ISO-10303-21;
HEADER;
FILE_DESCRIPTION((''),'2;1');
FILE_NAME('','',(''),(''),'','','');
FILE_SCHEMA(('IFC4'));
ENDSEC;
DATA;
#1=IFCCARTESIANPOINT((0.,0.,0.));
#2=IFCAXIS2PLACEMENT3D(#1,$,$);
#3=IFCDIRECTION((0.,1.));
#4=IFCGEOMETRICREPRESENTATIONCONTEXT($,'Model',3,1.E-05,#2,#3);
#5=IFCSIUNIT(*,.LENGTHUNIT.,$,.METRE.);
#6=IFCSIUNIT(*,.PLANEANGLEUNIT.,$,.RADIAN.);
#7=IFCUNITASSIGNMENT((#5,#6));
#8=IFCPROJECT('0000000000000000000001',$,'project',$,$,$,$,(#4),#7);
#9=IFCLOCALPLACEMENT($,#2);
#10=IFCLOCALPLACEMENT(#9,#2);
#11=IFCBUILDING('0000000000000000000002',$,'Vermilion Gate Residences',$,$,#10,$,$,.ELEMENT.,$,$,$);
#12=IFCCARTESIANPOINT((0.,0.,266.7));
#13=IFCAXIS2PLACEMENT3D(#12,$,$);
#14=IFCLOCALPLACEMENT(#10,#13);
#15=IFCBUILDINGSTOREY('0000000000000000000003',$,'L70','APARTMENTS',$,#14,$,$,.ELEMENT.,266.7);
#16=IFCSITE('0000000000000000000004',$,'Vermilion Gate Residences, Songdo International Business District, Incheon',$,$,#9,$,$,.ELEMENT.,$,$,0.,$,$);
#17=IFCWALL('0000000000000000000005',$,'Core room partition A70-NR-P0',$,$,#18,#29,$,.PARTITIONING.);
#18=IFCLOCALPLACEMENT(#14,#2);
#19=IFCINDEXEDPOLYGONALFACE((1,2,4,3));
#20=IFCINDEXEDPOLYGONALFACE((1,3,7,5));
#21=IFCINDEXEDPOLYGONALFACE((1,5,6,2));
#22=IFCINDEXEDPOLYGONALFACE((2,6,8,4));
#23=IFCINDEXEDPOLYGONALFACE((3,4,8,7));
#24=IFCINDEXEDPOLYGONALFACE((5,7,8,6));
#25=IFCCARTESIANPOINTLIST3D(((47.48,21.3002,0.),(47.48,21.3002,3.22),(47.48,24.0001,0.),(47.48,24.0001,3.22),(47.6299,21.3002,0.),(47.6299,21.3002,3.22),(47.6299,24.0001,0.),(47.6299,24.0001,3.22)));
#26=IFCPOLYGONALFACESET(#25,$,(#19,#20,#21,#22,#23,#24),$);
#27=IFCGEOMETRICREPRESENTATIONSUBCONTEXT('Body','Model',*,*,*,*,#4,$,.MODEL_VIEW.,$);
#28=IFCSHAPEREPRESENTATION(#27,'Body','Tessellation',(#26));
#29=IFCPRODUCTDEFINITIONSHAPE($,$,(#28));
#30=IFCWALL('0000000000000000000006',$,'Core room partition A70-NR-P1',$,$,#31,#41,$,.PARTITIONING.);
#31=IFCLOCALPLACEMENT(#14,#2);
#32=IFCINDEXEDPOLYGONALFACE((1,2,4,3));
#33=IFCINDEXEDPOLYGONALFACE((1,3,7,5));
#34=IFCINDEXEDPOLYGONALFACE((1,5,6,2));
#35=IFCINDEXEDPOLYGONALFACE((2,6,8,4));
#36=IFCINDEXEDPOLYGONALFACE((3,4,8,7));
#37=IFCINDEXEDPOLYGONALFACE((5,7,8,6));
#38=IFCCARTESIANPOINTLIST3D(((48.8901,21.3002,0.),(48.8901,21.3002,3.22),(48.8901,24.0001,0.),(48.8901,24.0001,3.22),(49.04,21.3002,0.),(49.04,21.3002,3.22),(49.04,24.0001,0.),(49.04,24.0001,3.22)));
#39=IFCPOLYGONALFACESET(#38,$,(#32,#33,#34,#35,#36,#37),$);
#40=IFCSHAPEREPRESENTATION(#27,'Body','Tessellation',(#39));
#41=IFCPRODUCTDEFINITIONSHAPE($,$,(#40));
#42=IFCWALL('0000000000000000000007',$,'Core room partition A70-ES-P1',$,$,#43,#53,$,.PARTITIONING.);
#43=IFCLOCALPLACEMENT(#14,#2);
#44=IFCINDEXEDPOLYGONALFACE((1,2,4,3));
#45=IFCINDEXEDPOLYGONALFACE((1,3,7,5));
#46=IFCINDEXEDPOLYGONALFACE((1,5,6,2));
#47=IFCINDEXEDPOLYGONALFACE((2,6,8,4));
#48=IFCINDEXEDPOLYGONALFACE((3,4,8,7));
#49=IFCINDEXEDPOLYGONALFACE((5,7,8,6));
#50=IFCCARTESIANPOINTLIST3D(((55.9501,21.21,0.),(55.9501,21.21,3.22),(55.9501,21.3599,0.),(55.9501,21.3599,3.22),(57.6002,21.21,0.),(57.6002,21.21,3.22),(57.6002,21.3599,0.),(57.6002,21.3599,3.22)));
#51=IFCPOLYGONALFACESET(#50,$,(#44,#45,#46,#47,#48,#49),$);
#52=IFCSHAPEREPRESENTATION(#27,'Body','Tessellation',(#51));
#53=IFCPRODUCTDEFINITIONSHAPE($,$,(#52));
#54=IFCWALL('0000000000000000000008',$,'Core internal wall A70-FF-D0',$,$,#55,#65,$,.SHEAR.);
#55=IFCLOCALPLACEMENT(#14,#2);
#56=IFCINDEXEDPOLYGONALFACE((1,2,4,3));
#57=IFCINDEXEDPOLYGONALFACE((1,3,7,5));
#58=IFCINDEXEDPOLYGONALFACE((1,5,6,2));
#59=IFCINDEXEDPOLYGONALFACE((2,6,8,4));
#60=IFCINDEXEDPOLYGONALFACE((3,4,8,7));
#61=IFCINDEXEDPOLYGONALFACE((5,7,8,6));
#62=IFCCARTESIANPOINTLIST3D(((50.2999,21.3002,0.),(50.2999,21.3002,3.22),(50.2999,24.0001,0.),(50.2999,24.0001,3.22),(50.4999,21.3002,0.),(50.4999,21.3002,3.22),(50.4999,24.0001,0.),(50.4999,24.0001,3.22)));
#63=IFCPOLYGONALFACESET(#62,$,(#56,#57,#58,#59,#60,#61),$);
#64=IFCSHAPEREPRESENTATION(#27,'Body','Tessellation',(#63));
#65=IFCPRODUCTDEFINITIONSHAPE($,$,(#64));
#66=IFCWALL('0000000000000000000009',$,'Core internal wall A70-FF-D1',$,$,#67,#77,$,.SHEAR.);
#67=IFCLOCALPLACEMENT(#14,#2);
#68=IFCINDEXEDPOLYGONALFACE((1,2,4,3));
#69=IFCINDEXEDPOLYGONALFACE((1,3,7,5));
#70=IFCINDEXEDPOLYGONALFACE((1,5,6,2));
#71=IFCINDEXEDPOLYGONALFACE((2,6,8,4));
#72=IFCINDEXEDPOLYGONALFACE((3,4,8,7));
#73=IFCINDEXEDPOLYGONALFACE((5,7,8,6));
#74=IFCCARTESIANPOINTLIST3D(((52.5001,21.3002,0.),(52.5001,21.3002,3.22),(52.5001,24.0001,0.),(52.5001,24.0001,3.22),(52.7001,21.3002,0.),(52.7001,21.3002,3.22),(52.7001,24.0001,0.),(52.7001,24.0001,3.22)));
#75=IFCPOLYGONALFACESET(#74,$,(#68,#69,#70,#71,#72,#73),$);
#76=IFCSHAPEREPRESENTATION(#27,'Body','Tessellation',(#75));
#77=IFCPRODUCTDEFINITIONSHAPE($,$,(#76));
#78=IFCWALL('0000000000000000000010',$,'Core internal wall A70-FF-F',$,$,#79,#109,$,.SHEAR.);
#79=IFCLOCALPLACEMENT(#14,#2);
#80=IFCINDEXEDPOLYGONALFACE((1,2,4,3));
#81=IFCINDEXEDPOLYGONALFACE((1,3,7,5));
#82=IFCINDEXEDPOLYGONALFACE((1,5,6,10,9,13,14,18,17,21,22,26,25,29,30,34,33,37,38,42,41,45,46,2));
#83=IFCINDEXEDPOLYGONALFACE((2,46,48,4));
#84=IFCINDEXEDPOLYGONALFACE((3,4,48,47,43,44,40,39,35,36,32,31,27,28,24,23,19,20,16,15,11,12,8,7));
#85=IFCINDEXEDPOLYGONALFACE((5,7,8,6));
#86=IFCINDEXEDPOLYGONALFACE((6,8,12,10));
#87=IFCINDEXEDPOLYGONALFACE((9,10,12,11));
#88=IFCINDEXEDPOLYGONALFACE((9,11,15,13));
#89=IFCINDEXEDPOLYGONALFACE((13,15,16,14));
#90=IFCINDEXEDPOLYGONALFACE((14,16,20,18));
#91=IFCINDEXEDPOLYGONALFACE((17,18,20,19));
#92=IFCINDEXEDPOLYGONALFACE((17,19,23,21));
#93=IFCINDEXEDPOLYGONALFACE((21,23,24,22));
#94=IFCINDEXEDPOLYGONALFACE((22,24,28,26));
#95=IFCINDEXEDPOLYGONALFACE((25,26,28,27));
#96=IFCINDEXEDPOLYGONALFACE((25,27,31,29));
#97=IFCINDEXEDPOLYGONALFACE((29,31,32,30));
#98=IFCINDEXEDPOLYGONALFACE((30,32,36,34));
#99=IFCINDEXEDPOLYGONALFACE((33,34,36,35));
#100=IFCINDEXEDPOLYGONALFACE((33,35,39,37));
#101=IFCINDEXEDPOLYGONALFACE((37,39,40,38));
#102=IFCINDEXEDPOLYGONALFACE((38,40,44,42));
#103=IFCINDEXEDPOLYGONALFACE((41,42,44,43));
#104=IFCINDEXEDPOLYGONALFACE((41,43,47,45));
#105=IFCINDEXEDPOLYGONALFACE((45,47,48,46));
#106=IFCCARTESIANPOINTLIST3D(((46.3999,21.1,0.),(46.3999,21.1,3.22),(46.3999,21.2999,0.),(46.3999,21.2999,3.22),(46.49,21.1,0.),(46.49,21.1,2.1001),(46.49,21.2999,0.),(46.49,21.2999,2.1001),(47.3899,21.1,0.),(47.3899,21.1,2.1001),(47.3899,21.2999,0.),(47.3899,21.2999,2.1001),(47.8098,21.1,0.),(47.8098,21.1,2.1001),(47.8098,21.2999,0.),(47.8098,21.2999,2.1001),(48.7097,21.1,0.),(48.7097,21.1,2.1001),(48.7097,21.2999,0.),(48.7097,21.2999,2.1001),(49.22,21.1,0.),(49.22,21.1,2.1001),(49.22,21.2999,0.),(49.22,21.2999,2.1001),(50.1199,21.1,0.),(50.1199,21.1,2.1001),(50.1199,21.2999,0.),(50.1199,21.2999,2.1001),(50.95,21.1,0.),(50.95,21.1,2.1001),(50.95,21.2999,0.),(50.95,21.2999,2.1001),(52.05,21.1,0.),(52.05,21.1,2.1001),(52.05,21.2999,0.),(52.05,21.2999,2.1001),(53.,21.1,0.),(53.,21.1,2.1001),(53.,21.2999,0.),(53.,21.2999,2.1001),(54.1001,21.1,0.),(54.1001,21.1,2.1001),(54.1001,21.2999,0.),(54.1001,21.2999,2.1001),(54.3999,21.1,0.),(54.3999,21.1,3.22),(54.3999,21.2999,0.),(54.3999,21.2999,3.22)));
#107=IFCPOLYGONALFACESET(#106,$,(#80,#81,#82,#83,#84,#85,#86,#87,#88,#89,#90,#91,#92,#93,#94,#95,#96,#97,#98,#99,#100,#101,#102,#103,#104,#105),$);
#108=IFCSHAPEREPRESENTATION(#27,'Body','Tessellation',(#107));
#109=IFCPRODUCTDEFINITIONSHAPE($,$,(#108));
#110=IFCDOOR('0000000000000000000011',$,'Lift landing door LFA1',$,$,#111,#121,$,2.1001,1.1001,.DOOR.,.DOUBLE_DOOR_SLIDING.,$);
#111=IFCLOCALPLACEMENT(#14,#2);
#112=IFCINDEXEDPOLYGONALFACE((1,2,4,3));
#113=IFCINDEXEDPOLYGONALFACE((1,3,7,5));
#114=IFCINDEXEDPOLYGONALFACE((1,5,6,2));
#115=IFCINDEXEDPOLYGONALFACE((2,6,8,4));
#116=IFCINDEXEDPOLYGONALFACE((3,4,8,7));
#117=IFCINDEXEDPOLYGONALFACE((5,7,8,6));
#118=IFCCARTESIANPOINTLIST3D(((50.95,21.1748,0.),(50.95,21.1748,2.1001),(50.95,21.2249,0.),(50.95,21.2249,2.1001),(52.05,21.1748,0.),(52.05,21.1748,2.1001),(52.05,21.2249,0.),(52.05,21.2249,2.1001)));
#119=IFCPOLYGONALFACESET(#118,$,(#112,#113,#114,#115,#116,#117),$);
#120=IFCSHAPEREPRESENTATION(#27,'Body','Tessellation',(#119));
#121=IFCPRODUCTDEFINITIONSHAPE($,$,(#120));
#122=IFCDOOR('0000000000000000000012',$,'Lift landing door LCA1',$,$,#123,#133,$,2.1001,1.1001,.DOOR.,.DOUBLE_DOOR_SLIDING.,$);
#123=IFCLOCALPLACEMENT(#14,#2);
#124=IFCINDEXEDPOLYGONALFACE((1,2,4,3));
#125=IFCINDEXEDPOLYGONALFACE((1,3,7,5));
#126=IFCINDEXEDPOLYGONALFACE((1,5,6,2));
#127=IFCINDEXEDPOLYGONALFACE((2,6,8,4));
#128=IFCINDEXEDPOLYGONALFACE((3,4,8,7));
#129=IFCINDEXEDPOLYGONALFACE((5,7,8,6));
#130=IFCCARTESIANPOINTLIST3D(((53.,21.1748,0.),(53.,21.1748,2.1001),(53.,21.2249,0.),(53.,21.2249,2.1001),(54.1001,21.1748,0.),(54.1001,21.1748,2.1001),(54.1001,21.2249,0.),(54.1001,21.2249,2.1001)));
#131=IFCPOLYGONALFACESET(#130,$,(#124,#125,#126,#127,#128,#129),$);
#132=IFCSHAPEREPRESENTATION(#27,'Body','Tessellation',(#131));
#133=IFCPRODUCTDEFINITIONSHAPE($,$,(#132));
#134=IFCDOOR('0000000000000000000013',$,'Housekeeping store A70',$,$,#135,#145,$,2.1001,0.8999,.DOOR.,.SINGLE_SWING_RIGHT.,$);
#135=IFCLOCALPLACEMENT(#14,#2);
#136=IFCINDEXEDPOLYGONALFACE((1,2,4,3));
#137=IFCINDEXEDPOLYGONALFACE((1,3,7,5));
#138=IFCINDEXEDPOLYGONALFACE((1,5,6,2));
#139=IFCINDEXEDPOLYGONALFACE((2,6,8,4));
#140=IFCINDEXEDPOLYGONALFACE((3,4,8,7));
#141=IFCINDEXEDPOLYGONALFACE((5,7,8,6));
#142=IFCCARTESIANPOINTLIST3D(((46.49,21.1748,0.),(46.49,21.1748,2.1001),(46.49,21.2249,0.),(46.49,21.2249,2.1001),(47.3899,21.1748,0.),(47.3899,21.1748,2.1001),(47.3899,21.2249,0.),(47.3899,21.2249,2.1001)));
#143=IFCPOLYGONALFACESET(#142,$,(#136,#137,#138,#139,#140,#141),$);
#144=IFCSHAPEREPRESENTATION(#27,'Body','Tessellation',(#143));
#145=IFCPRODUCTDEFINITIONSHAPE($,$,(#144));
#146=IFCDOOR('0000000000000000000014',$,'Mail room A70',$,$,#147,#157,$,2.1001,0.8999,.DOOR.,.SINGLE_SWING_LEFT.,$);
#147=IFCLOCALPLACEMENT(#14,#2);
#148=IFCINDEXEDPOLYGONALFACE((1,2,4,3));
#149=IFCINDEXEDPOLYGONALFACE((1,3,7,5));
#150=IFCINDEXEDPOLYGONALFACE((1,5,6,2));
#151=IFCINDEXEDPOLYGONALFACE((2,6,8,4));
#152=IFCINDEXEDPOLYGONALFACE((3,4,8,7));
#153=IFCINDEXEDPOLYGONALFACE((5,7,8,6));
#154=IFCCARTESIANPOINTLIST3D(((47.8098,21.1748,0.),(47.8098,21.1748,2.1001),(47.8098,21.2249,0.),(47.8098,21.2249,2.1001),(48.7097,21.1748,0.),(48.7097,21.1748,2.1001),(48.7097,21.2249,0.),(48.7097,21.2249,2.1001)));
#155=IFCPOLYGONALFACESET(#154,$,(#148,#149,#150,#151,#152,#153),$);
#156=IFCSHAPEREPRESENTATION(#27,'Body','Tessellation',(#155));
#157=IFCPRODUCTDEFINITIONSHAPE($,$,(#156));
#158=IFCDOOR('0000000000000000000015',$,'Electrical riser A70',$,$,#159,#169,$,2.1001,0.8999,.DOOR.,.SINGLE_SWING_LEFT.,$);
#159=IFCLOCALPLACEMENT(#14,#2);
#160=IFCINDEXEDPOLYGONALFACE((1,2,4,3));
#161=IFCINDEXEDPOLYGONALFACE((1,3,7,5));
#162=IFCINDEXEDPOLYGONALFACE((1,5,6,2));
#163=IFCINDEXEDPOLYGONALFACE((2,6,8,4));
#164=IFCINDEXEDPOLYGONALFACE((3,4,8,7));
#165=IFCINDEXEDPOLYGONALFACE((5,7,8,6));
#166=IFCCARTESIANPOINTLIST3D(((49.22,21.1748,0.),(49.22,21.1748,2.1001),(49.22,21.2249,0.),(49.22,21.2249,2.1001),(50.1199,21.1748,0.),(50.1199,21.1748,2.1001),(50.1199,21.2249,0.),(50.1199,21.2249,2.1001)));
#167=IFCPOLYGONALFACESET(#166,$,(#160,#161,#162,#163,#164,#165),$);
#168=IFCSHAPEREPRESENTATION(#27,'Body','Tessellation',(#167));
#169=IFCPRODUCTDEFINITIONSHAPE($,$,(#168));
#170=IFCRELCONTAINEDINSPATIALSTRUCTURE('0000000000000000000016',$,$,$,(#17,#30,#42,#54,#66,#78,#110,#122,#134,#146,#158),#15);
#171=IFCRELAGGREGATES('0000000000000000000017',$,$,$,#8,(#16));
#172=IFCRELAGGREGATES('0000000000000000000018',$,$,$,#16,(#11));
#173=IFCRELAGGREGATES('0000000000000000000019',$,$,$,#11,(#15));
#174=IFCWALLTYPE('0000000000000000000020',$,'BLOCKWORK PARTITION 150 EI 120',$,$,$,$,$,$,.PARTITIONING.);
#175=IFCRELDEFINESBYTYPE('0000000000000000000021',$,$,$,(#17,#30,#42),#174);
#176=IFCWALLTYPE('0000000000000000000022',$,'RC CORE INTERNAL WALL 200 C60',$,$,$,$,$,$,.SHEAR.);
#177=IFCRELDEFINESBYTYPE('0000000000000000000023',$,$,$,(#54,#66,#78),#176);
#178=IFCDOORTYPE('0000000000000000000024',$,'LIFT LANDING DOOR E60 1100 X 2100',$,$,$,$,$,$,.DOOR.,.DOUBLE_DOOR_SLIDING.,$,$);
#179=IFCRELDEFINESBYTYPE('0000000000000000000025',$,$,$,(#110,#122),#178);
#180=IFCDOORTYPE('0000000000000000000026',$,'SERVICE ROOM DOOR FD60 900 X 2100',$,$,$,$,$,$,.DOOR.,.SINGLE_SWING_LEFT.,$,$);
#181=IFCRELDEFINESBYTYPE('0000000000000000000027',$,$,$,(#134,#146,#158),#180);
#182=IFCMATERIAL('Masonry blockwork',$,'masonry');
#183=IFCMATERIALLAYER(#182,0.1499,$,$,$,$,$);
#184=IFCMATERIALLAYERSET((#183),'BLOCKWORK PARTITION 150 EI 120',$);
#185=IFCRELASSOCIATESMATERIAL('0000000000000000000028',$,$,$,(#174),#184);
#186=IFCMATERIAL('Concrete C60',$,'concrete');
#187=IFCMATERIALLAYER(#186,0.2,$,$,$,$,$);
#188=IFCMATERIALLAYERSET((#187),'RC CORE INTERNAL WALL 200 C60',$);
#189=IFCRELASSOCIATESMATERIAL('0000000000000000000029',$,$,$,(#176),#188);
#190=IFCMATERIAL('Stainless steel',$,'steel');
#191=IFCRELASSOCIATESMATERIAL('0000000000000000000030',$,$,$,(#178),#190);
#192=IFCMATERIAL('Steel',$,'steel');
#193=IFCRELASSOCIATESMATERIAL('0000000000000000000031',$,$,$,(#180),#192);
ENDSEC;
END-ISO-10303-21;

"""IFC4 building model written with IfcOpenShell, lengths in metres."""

from ifc_helpers import new_model, si_unit, direction, frame, frame_2d, origin, place, context, subcontext, project, spatial, rectangle, extrude, material, layer, layer_set, type_object, element, fill, save


model = new_model("IFC4")

# Units and contexts
model_context = context("Model", 3, precision=1e-05, world=origin(), true_north=direction((0.0, 1.0)))
body_context = subcontext(model_context, "Body", "Model", "MODEL_VIEW")
ifc_project = project(units=[si_unit("LENGTHUNIT", "METRE"), si_unit("PLANEANGLEUNIT", "RADIAN")], contexts=[model_context])

# Site, building, storey
site_placement = place(None, origin())
site = spatial("IfcSite", under=ifc_project, at=site_placement, Name="Vermilion Gate Residences, Songdo International Business District, Incheon", CompositionType="ELEMENT", RefElevation=0.0)
building_placement = place(site_placement, origin())
building = spatial("IfcBuilding", under=site, at=building_placement, Name="Vermilion Gate Residences", CompositionType="ELEMENT")
storey_placement = place(building_placement, frame((0.0, 0.0, 266.7)))
storey = spatial("IfcBuildingStorey", under=building, at=storey_placement, Name="L70", Description="APARTMENTS", CompositionType="ELEMENT", Elevation=266.7)

# Walls
ifc_material_1 = material(Name="Masonry blockwork", Category="masonry")
ifc_layer_1 = layer(ifc_material_1, 0.1499)
ifc_layer_set_1 = layer_set([ifc_layer_1], Name="BLOCKWORK PARTITION 150 EI 120")
wall_type_1 = type_object("IfcWallType", Name="BLOCKWORK PARTITION 150 EI 120", PredefinedType="PARTITIONING", material=ifc_layer_set_1)
for number, where, z_axis, x_axis, name in (
    (1, (47.5549, 21.3, 0.0), (0.0, 0.0, 1.0), (0.0, 1.0, 0.0), "Core room partition A70-NR-P0"),
    (2, (48.9651, 21.3, 0.0), (0.0, 0.0, 1.0), (0.0, 1.0, 0.0), "Core room partition A70-NR-P1"),
):
    element("IfcWall", number, at=place(storey_placement, frame(where, z_axis=z_axis, x_axis=x_axis)), inside=storey, type_object=wall_type_1, Name=name, PredefinedType="PARTITIONING", context=body_context, shape_type="SweptSolid", body=[
        extrude(rectangle(XDim=2.7, YDim=0.1499, at=frame_2d((1.3501, 0.0))), origin(), (0.0, 0.0, 1.0), 3.22),
    ])
wall_1_placement = place(storey_placement, frame((55.95, 21.2849, 0.0), z_axis=(0.0, 0.0, 1.0), x_axis=(1.0, 0.0, 0.0)))
element("IfcWall", 3, at=wall_1_placement, inside=storey, type_object=wall_type_1, Name="Core room partition A70-ES-P1", PredefinedType="PARTITIONING", context=body_context, shape_type="SweptSolid", body=[
    extrude(rectangle(XDim=1.6501, YDim=0.1499, at=frame_2d((0.8252, 0.0))), origin(), (0.0, 0.0, 1.0), 3.22),
])
ifc_material_2 = material(Name="Concrete C60", Category="concrete")
ifc_layer_2 = layer(ifc_material_2, 0.2)
ifc_layer_set_2 = layer_set([ifc_layer_2], Name="RC CORE INTERNAL WALL 200 C60")
wall_type_2 = type_object("IfcWallType", Name="RC CORE INTERNAL WALL 200 C60", PredefinedType="SHEAR", material=ifc_layer_set_2)
for number, where, z_axis, x_axis, name in (
    (4, (50.3999, 21.3, 0.0), (0.0, 0.0, 1.0), (0.0, 1.0, 0.0), "Core internal wall A70-FF-D0"),
    (5, (52.6001, 21.3, 0.0), (0.0, 0.0, 1.0), (0.0, 1.0, 0.0), "Core internal wall A70-FF-D1"),
):
    element("IfcWall", number, at=place(storey_placement, frame(where, z_axis=z_axis, x_axis=x_axis)), inside=storey, type_object=wall_type_2, Name=name, PredefinedType="SHEAR", context=body_context, shape_type="SweptSolid", body=[
        extrude(rectangle(XDim=2.7, YDim=0.2, at=frame_2d((1.3501, 0.0))), origin(), (0.0, 0.0, 1.0), 3.22),
    ])

# Wall, openings, doors
wall_2_placement = place(storey_placement, frame((46.3999, 21.2, 0.0), z_axis=(0.0, 0.0, 1.0), x_axis=(1.0, 0.0, 0.0)))
wall_2 = element("IfcWall", 6, at=wall_2_placement, inside=storey, type_object=wall_type_2, Name="Core internal wall A70-FF-F", PredefinedType="SHEAR", context=body_context, shape_type="SweptSolid", body=[
    extrude(rectangle(XDim=8.0, YDim=0.2, at=frame_2d((4.0, 0.0))), origin(), (0.0, 0.0, 1.0), 3.22),
])
opening_1_placement = place(wall_2_placement, frame((0.0901, 0.0, 0.0)))
opening_1 = element("IfcOpeningElement", 7, at=opening_1_placement, cuts=wall_2, PredefinedType="OPENING", context=body_context, shape_type="SweptSolid", body=[
    extrude(rectangle(XDim=0.8999, YDim=2.1001, at=frame_2d((0.45, 1.05))), frame((0.0, 0.1099, 0.0), z_axis=(0.0, -1.0, 0.0), x_axis=(1.0, 0.0, 0.0)), (0.0, 0.0, 1.0), 0.22),
])
opening_2_placement = place(wall_2_placement, frame((1.4099, 0.0, 0.0)))
opening_2 = element("IfcOpeningElement", 8, at=opening_2_placement, cuts=wall_2, PredefinedType="OPENING", context=body_context, shape_type="SweptSolid", body=[
    extrude(rectangle(XDim=0.8999, YDim=2.1001, at=frame_2d((0.45, 1.05))), frame((0.0, 0.1099, 0.0), z_axis=(0.0, -1.0, 0.0), x_axis=(1.0, 0.0, 0.0)), (0.0, 0.0, 1.0), 0.22),
])
opening_3_placement = place(wall_2_placement, frame((2.8201, 0.0, 0.0)))
opening_3 = element("IfcOpeningElement", 9, at=opening_3_placement, cuts=wall_2, PredefinedType="OPENING", context=body_context, shape_type="SweptSolid", body=[
    extrude(rectangle(XDim=0.8999, YDim=2.1001, at=frame_2d((0.45, 1.05))), frame((0.0, 0.1099, 0.0), z_axis=(0.0, -1.0, 0.0), x_axis=(1.0, 0.0, 0.0)), (0.0, 0.0, 1.0), 0.22),
])
opening_4_placement = place(wall_2_placement, frame((4.55, 0.0, 0.0)))
opening_4 = element("IfcOpeningElement", 10, at=opening_4_placement, cuts=wall_2, PredefinedType="OPENING", context=body_context, shape_type="SweptSolid", body=[
    extrude(rectangle(XDim=1.1001, YDim=2.1001, at=frame_2d((0.55, 1.05))), frame((0.0, 0.1099, 0.0), z_axis=(0.0, -1.0, 0.0), x_axis=(1.0, 0.0, 0.0)), (0.0, 0.0, 1.0), 0.22),
])
opening_5_placement = place(wall_2_placement, frame((6.6001, 0.0, 0.0)))
opening_5 = element("IfcOpeningElement", 11, at=opening_5_placement, cuts=wall_2, PredefinedType="OPENING", context=body_context, shape_type="SweptSolid", body=[
    extrude(rectangle(XDim=1.1001, YDim=2.1001, at=frame_2d((0.55, 1.05))), frame((0.0, 0.1099, 0.0), z_axis=(0.0, -1.0, 0.0), x_axis=(1.0, 0.0, 0.0)), (0.0, 0.0, 1.0), 0.22),
])
ifc_material_3 = material(Name="Stainless steel", Category="steel")
door_type_1 = type_object("IfcDoorType", Name="LIFT LANDING DOOR E60 1100 X 2100", OperationType="DOUBLE_DOOR_SLIDING", PredefinedType="DOOR", material=ifc_material_3)
door_1_placement = place(opening_4_placement, origin())
door_1 = element("IfcDoor", 12, at=door_1_placement, inside=storey, type_object=door_type_1, Name="Lift landing door LFA1", OperationType="DOUBLE_DOOR_SLIDING", OverallHeight=2.1001, OverallWidth=1.1001, PredefinedType="DOOR", context=body_context, shape_type="SweptSolid", body=[
    extrude(rectangle(XDim=1.1001, YDim=2.1001, at=frame_2d((0.55, 1.05))), frame((0.0, 0.0249, 0.0), z_axis=(0.0, -1.0, 0.0), x_axis=(1.0, 0.0, 0.0)), (0.0, 0.0, 1.0), 0.05),
])
fill(opening_4, door_1)
door_2_placement = place(opening_5_placement, origin())
door_2 = element("IfcDoor", 13, at=door_2_placement, inside=storey, type_object=door_type_1, Name="Lift landing door LCA1", OperationType="DOUBLE_DOOR_SLIDING", OverallHeight=2.1001, OverallWidth=1.1001, PredefinedType="DOOR", context=body_context, shape_type="SweptSolid", body=[
    extrude(rectangle(XDim=1.1001, YDim=2.1001, at=frame_2d((0.55, 1.05))), frame((0.0, 0.0249, 0.0), z_axis=(0.0, -1.0, 0.0), x_axis=(1.0, 0.0, 0.0)), (0.0, 0.0, 1.0), 0.05),
])
fill(opening_5, door_2)
ifc_material_4 = material(Name="Steel", Category="steel")
door_type_2 = type_object("IfcDoorType", Name="SERVICE ROOM DOOR FD60 900 X 2100", OperationType="SINGLE_SWING_LEFT", PredefinedType="DOOR", material=ifc_material_4)
door_3_placement = place(opening_1_placement, origin())
door_3 = element("IfcDoor", 14, at=door_3_placement, inside=storey, type_object=door_type_2, Name="Housekeeping store A70", OperationType="SINGLE_SWING_RIGHT", OverallHeight=2.1001, OverallWidth=0.8999, PredefinedType="DOOR", context=body_context, shape_type="SweptSolid", body=[
    extrude(rectangle(XDim=0.8999, YDim=2.1001, at=frame_2d((0.45, 1.05))), frame((0.0, 0.0249, 0.0), z_axis=(0.0, -1.0, 0.0), x_axis=(1.0, 0.0, 0.0)), (0.0, 0.0, 1.0), 0.05),
])
fill(opening_1, door_3)
door_4_placement = place(opening_2_placement, origin())
door_4 = element("IfcDoor", 15, at=door_4_placement, inside=storey, type_object=door_type_2, Name="Mail room A70", OperationType="SINGLE_SWING_LEFT", OverallHeight=2.1001, OverallWidth=0.8999, PredefinedType="DOOR", context=body_context, shape_type="SweptSolid", body=[
    extrude(rectangle(XDim=0.8999, YDim=2.1001, at=frame_2d((0.45, 1.05))), frame((0.0, 0.0249, 0.0), z_axis=(0.0, -1.0, 0.0), x_axis=(1.0, 0.0, 0.0)), (0.0, 0.0, 1.0), 0.05),
])
fill(opening_2, door_4)
door_5_placement = place(opening_3_placement, origin())
door_5 = element("IfcDoor", 16, at=door_5_placement, inside=storey, type_object=door_type_2, Name="Electrical riser A70", OperationType="SINGLE_SWING_LEFT", OverallHeight=2.1001, OverallWidth=0.8999, PredefinedType="DOOR", context=body_context, shape_type="SweptSolid", body=[
    extrude(rectangle(XDim=0.8999, YDim=2.1001, at=frame_2d((0.45, 1.05))), frame((0.0, 0.0249, 0.0), z_axis=(0.0, -1.0, 0.0), x_axis=(1.0, 0.0, 0.0)), (0.0, 0.0, 1.0), 0.05),
])
fill(opening_3, door_5)

save(model, "model.ifc")
